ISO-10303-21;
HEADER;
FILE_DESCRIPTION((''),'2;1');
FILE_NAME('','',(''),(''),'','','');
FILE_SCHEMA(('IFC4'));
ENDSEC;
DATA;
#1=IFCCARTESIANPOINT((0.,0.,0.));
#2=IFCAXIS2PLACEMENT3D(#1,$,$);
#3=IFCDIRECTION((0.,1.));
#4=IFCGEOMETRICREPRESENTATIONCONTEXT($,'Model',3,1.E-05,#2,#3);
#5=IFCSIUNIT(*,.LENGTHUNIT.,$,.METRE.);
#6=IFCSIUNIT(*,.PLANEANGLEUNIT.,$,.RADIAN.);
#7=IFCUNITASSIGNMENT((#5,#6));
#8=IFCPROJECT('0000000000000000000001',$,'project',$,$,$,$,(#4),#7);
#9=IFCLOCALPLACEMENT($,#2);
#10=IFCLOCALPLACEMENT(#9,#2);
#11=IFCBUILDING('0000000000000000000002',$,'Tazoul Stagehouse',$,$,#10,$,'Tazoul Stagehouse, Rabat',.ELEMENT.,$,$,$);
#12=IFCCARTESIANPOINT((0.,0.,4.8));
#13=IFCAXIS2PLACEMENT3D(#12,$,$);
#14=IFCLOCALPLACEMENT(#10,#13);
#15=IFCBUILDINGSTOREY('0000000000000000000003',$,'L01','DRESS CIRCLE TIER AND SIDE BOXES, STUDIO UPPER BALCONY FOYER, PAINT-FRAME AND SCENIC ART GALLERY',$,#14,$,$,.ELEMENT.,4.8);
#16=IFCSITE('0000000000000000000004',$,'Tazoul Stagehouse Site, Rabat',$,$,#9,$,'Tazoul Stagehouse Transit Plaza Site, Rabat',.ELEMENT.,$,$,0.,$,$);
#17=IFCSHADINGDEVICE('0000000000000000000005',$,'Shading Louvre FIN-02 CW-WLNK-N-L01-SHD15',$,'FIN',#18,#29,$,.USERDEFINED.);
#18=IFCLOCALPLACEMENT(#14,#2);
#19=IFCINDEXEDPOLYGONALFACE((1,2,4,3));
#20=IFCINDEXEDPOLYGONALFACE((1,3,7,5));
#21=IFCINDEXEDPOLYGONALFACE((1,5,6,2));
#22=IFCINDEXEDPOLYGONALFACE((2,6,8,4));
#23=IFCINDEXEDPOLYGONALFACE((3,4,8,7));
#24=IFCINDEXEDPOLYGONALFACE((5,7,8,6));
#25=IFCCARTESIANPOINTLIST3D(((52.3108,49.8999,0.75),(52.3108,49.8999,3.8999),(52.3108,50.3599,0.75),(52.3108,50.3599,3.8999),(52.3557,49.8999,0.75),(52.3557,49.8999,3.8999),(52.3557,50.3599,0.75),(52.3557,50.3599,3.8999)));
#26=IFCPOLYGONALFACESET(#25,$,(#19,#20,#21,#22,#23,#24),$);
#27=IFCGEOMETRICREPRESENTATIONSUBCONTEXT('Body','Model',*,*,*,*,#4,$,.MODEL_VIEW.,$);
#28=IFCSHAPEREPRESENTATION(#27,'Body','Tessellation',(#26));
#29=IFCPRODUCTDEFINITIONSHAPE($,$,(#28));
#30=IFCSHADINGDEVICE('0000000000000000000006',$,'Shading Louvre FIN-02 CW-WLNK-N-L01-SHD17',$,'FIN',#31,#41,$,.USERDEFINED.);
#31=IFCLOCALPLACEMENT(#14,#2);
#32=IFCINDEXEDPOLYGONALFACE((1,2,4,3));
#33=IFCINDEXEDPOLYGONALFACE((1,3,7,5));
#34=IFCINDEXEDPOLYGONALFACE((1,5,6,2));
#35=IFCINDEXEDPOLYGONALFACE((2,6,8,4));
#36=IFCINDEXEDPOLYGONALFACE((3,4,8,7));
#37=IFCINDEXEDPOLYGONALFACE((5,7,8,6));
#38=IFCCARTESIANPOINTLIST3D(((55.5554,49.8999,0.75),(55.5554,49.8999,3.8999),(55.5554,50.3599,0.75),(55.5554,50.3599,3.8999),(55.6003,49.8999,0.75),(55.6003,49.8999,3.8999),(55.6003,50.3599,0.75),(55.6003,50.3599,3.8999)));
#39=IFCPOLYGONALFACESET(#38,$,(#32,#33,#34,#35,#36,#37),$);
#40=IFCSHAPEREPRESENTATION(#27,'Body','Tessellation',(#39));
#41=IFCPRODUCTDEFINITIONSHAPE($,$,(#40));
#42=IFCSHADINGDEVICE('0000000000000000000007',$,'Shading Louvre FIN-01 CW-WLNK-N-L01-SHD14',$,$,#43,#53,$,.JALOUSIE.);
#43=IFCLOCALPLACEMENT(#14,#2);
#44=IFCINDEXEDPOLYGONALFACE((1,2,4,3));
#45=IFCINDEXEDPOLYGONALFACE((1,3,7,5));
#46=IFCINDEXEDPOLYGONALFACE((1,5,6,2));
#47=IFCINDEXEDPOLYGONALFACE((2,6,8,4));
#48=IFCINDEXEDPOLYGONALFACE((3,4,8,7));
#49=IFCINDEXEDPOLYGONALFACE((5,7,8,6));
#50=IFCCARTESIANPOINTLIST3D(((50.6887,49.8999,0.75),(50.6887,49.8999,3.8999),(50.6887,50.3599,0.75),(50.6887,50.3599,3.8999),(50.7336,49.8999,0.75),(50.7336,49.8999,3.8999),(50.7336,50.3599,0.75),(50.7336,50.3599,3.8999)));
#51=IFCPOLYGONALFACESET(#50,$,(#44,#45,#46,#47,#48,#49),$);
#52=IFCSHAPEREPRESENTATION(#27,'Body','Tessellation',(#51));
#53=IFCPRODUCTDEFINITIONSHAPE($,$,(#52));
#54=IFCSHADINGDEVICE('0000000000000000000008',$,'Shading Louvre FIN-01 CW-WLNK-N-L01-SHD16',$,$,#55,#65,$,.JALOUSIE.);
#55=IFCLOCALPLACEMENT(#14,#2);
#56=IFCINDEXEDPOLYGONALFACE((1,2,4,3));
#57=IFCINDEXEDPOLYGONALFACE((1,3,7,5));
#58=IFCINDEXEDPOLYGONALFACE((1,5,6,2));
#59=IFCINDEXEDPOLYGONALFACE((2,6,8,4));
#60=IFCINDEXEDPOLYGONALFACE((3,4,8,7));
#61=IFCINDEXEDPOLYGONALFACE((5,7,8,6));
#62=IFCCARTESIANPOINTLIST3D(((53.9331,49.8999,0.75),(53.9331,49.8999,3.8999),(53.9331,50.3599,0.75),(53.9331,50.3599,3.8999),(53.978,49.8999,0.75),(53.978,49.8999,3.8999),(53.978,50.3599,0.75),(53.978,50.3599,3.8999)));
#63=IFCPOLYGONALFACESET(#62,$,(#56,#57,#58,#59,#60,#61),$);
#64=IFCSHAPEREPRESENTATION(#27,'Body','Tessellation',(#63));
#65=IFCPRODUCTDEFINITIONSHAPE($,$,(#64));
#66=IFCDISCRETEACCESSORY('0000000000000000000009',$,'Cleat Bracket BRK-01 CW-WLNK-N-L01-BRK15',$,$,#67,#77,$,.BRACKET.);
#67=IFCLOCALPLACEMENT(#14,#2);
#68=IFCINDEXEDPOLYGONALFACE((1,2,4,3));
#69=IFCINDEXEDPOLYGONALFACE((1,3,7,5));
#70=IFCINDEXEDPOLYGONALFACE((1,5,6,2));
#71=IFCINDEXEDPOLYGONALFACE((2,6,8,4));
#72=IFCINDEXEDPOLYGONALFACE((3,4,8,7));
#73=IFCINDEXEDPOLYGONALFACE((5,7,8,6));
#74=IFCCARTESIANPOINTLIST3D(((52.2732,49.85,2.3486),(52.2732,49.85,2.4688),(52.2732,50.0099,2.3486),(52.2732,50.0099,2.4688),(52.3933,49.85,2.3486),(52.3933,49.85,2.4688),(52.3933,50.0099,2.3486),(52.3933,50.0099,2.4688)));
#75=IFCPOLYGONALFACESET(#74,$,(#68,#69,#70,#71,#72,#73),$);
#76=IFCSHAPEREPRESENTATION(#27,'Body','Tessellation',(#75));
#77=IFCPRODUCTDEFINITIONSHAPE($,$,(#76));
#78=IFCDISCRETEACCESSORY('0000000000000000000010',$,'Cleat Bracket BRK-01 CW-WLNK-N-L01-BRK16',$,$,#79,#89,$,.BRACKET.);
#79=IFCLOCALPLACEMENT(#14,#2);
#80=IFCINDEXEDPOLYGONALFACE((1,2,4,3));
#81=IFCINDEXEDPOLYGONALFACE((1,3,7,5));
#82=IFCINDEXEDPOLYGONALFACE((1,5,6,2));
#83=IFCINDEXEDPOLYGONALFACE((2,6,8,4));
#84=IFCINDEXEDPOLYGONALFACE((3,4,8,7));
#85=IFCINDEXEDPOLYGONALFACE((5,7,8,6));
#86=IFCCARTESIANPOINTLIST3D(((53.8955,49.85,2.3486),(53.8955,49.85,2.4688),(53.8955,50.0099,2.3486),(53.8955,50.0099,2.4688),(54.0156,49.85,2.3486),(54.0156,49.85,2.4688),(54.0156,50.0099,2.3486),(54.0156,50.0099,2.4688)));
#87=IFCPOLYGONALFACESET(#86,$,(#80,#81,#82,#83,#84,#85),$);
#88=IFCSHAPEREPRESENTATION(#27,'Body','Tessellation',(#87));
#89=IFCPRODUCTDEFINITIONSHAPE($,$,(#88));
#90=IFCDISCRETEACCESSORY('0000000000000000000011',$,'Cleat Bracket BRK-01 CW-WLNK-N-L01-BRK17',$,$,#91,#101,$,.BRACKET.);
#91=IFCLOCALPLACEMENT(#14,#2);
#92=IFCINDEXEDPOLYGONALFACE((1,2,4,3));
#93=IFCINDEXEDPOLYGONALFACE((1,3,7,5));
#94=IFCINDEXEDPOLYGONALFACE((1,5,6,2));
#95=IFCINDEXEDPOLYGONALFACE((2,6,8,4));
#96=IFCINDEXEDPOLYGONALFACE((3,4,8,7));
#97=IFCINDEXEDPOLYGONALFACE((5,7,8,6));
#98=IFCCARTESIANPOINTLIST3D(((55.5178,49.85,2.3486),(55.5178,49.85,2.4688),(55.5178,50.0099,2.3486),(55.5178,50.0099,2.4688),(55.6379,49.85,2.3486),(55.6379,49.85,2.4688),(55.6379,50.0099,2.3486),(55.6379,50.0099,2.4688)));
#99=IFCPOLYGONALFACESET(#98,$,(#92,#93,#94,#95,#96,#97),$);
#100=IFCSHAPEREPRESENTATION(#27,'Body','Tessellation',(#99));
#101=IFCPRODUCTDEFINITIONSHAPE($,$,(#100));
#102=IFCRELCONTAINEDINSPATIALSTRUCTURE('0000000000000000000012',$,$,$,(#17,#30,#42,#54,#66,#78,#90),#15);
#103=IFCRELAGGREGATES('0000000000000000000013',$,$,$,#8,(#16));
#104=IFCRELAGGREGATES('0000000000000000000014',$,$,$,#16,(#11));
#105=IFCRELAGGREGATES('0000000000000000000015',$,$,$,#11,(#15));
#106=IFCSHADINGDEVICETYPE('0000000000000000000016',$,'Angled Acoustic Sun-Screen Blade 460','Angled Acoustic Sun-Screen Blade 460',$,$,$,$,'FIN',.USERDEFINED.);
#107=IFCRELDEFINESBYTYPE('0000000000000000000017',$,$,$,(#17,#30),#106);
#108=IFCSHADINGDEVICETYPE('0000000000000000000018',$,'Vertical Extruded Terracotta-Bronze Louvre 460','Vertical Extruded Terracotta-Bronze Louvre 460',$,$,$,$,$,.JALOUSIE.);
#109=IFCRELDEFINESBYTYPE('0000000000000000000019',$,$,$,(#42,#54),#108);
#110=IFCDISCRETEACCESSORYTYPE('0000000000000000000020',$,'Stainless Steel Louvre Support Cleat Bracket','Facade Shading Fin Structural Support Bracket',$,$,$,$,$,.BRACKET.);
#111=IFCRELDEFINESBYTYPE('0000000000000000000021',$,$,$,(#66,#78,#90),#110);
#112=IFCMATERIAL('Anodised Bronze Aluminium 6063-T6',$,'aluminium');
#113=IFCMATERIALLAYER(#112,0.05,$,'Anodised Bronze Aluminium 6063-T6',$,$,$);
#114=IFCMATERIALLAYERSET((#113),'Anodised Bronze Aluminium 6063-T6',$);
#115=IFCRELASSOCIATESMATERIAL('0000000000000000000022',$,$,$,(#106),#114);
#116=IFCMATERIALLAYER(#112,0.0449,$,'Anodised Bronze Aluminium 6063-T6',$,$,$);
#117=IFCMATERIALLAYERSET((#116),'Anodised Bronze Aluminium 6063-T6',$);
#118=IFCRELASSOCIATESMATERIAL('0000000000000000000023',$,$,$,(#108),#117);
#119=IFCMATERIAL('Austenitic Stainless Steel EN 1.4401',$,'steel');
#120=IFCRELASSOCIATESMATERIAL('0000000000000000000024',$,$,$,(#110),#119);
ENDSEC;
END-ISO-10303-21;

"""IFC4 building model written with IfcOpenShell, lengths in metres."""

from ifc_helpers import new_model, si_unit, direction, frame, origin, origin_2d, place, context, subcontext, project, spatial, rectangle, extrude, material, layer, layer_set, type_object, element, save


model = new_model("IFC4")

# Units and contexts
model_context = context("Model", 3, precision=1e-05, world=origin(), true_north=direction((0.0, 1.0)))
body_context = subcontext(model_context, "Body", "Model", "MODEL_VIEW")
ifc_project = project(units=[si_unit("LENGTHUNIT", "METRE"), si_unit("PLANEANGLEUNIT", "RADIAN")], contexts=[model_context])

# Site, building, storey
site_placement = place(None, origin())
site = spatial("IfcSite", under=ifc_project, at=site_placement, Name="Tazoul Stagehouse Site, Rabat", LongName="Tazoul Stagehouse Transit Plaza Site, Rabat", CompositionType="ELEMENT", RefElevation=0.0)
building_placement = place(site_placement, origin())
building = spatial("IfcBuilding", under=site, at=building_placement, Name="Tazoul Stagehouse", LongName="Tazoul Stagehouse, Rabat", CompositionType="ELEMENT")
storey_placement = place(building_placement, frame((0.0, 0.0, 4.8)))
storey = spatial("IfcBuildingStorey", under=building, at=storey_placement, Name="L01", Description="DRESS CIRCLE TIER AND SIDE BOXES, STUDIO UPPER BALCONY FOYER, PAINT-FRAME AND SCENIC ART GALLERY", CompositionType="ELEMENT", Elevation=4.8)

# Shading devices
ifc_material_1 = material(Name="Anodised Bronze Aluminium 6063-T6", Category="aluminium")
ifc_layer_1 = layer(ifc_material_1, 0.05, Name="Anodised Bronze Aluminium 6063-T6")
ifc_layer_set_1 = layer_set([ifc_layer_1], Name="Anodised Bronze Aluminium 6063-T6")
shading_device_type_1 = type_object("IfcShadingDeviceType", Name="Angled Acoustic Sun-Screen Blade 460", Description="Angled Acoustic Sun-Screen Blade 460", ElementType="FIN", PredefinedType="USERDEFINED", material=ifc_layer_set_1)
for number, where, z_axis, x_axis, name in (
    (1, (52.3333, 50.1299, 0.75), (0.0, 0.0, 1.0), (1.0, 0.0, 0.0), "Shading Louvre FIN-02 CW-WLNK-N-L01-SHD15"),
    (2, (55.5779, 50.1299, 0.75), (0.0, 0.0, 1.0), (1.0, 0.0, 0.0), "Shading Louvre FIN-02 CW-WLNK-N-L01-SHD17"),
):
    element("IfcShadingDevice", number, at=place(storey_placement, frame(where, z_axis=z_axis, x_axis=x_axis)), inside=storey, type_object=shading_device_type_1, Name=name, ObjectType="FIN", PredefinedType="USERDEFINED", context=body_context, shape_type="SweptSolid", body=[
        extrude(rectangle(XDim=0.0449, YDim=0.46, at=origin_2d()), origin(), (0.0, 0.0, 1.0), 3.1499),
    ])
ifc_layer_2 = layer(ifc_material_1, 0.0449, Name="Anodised Bronze Aluminium 6063-T6")
ifc_layer_set_2 = layer_set([ifc_layer_2], Name="Anodised Bronze Aluminium 6063-T6")
shading_device_type_2 = type_object("IfcShadingDeviceType", Name="Vertical Extruded Terracotta-Bronze Louvre 460", Description="Vertical Extruded Terracotta-Bronze Louvre 460", PredefinedType="JALOUSIE", material=ifc_layer_set_2)
for number, where, z_axis, x_axis, name in (
    (3, (50.7112, 50.1299, 0.75), (0.0, 0.0, 1.0), (1.0, 0.0, 0.0), "Shading Louvre FIN-01 CW-WLNK-N-L01-SHD14"),
    (4, (53.9556, 50.1299, 0.75), (0.0, 0.0, 1.0), (1.0, 0.0, 0.0), "Shading Louvre FIN-01 CW-WLNK-N-L01-SHD16"),
):
    element("IfcShadingDevice", number, at=place(storey_placement, frame(where, z_axis=z_axis, x_axis=x_axis)), inside=storey, type_object=shading_device_type_2, Name=name, PredefinedType="JALOUSIE", context=body_context, shape_type="SweptSolid", body=[
        extrude(rectangle(XDim=0.0449, YDim=0.46, at=origin_2d()), origin(), (0.0, 0.0, 1.0), 3.1499),
    ])

# Discrete accessories
ifc_material_2 = material(Name="Austenitic Stainless Steel EN 1.4401", Category="steel")
discrete_accessory_type = type_object("IfcDiscreteAccessoryType", Name="Stainless Steel Louvre Support Cleat Bracket", Description="Facade Shading Fin Structural Support Bracket", PredefinedType="BRACKET", material=ifc_material_2)
for number, where, z_axis, x_axis, name in (
    (5, (52.3333, 49.9299, 2.3486), (0.0, 0.0, 1.0), (1.0, 0.0, 0.0), "Cleat Bracket BRK-01 CW-WLNK-N-L01-BRK15"),
    (6, (53.9556, 49.9299, 2.3486), (0.0, 0.0, 1.0), (1.0, 0.0, 0.0), "Cleat Bracket BRK-01 CW-WLNK-N-L01-BRK16"),
    (7, (55.5779, 49.9299, 2.3486), (0.0, 0.0, 1.0), (1.0, 0.0, 0.0), "Cleat Bracket BRK-01 CW-WLNK-N-L01-BRK17"),
):
    element("IfcDiscreteAccessory", number, at=place(storey_placement, frame(where, z_axis=z_axis, x_axis=x_axis)), inside=storey, type_object=discrete_accessory_type, Name=name, PredefinedType="BRACKET", context=body_context, shape_type="SweptSolid", body=[
        extrude(rectangle(XDim=0.1201, YDim=0.1599, at=origin_2d()), origin(), (0.0, 0.0, 1.0), 0.1201),
    ])

save(model, "model.ifc")
